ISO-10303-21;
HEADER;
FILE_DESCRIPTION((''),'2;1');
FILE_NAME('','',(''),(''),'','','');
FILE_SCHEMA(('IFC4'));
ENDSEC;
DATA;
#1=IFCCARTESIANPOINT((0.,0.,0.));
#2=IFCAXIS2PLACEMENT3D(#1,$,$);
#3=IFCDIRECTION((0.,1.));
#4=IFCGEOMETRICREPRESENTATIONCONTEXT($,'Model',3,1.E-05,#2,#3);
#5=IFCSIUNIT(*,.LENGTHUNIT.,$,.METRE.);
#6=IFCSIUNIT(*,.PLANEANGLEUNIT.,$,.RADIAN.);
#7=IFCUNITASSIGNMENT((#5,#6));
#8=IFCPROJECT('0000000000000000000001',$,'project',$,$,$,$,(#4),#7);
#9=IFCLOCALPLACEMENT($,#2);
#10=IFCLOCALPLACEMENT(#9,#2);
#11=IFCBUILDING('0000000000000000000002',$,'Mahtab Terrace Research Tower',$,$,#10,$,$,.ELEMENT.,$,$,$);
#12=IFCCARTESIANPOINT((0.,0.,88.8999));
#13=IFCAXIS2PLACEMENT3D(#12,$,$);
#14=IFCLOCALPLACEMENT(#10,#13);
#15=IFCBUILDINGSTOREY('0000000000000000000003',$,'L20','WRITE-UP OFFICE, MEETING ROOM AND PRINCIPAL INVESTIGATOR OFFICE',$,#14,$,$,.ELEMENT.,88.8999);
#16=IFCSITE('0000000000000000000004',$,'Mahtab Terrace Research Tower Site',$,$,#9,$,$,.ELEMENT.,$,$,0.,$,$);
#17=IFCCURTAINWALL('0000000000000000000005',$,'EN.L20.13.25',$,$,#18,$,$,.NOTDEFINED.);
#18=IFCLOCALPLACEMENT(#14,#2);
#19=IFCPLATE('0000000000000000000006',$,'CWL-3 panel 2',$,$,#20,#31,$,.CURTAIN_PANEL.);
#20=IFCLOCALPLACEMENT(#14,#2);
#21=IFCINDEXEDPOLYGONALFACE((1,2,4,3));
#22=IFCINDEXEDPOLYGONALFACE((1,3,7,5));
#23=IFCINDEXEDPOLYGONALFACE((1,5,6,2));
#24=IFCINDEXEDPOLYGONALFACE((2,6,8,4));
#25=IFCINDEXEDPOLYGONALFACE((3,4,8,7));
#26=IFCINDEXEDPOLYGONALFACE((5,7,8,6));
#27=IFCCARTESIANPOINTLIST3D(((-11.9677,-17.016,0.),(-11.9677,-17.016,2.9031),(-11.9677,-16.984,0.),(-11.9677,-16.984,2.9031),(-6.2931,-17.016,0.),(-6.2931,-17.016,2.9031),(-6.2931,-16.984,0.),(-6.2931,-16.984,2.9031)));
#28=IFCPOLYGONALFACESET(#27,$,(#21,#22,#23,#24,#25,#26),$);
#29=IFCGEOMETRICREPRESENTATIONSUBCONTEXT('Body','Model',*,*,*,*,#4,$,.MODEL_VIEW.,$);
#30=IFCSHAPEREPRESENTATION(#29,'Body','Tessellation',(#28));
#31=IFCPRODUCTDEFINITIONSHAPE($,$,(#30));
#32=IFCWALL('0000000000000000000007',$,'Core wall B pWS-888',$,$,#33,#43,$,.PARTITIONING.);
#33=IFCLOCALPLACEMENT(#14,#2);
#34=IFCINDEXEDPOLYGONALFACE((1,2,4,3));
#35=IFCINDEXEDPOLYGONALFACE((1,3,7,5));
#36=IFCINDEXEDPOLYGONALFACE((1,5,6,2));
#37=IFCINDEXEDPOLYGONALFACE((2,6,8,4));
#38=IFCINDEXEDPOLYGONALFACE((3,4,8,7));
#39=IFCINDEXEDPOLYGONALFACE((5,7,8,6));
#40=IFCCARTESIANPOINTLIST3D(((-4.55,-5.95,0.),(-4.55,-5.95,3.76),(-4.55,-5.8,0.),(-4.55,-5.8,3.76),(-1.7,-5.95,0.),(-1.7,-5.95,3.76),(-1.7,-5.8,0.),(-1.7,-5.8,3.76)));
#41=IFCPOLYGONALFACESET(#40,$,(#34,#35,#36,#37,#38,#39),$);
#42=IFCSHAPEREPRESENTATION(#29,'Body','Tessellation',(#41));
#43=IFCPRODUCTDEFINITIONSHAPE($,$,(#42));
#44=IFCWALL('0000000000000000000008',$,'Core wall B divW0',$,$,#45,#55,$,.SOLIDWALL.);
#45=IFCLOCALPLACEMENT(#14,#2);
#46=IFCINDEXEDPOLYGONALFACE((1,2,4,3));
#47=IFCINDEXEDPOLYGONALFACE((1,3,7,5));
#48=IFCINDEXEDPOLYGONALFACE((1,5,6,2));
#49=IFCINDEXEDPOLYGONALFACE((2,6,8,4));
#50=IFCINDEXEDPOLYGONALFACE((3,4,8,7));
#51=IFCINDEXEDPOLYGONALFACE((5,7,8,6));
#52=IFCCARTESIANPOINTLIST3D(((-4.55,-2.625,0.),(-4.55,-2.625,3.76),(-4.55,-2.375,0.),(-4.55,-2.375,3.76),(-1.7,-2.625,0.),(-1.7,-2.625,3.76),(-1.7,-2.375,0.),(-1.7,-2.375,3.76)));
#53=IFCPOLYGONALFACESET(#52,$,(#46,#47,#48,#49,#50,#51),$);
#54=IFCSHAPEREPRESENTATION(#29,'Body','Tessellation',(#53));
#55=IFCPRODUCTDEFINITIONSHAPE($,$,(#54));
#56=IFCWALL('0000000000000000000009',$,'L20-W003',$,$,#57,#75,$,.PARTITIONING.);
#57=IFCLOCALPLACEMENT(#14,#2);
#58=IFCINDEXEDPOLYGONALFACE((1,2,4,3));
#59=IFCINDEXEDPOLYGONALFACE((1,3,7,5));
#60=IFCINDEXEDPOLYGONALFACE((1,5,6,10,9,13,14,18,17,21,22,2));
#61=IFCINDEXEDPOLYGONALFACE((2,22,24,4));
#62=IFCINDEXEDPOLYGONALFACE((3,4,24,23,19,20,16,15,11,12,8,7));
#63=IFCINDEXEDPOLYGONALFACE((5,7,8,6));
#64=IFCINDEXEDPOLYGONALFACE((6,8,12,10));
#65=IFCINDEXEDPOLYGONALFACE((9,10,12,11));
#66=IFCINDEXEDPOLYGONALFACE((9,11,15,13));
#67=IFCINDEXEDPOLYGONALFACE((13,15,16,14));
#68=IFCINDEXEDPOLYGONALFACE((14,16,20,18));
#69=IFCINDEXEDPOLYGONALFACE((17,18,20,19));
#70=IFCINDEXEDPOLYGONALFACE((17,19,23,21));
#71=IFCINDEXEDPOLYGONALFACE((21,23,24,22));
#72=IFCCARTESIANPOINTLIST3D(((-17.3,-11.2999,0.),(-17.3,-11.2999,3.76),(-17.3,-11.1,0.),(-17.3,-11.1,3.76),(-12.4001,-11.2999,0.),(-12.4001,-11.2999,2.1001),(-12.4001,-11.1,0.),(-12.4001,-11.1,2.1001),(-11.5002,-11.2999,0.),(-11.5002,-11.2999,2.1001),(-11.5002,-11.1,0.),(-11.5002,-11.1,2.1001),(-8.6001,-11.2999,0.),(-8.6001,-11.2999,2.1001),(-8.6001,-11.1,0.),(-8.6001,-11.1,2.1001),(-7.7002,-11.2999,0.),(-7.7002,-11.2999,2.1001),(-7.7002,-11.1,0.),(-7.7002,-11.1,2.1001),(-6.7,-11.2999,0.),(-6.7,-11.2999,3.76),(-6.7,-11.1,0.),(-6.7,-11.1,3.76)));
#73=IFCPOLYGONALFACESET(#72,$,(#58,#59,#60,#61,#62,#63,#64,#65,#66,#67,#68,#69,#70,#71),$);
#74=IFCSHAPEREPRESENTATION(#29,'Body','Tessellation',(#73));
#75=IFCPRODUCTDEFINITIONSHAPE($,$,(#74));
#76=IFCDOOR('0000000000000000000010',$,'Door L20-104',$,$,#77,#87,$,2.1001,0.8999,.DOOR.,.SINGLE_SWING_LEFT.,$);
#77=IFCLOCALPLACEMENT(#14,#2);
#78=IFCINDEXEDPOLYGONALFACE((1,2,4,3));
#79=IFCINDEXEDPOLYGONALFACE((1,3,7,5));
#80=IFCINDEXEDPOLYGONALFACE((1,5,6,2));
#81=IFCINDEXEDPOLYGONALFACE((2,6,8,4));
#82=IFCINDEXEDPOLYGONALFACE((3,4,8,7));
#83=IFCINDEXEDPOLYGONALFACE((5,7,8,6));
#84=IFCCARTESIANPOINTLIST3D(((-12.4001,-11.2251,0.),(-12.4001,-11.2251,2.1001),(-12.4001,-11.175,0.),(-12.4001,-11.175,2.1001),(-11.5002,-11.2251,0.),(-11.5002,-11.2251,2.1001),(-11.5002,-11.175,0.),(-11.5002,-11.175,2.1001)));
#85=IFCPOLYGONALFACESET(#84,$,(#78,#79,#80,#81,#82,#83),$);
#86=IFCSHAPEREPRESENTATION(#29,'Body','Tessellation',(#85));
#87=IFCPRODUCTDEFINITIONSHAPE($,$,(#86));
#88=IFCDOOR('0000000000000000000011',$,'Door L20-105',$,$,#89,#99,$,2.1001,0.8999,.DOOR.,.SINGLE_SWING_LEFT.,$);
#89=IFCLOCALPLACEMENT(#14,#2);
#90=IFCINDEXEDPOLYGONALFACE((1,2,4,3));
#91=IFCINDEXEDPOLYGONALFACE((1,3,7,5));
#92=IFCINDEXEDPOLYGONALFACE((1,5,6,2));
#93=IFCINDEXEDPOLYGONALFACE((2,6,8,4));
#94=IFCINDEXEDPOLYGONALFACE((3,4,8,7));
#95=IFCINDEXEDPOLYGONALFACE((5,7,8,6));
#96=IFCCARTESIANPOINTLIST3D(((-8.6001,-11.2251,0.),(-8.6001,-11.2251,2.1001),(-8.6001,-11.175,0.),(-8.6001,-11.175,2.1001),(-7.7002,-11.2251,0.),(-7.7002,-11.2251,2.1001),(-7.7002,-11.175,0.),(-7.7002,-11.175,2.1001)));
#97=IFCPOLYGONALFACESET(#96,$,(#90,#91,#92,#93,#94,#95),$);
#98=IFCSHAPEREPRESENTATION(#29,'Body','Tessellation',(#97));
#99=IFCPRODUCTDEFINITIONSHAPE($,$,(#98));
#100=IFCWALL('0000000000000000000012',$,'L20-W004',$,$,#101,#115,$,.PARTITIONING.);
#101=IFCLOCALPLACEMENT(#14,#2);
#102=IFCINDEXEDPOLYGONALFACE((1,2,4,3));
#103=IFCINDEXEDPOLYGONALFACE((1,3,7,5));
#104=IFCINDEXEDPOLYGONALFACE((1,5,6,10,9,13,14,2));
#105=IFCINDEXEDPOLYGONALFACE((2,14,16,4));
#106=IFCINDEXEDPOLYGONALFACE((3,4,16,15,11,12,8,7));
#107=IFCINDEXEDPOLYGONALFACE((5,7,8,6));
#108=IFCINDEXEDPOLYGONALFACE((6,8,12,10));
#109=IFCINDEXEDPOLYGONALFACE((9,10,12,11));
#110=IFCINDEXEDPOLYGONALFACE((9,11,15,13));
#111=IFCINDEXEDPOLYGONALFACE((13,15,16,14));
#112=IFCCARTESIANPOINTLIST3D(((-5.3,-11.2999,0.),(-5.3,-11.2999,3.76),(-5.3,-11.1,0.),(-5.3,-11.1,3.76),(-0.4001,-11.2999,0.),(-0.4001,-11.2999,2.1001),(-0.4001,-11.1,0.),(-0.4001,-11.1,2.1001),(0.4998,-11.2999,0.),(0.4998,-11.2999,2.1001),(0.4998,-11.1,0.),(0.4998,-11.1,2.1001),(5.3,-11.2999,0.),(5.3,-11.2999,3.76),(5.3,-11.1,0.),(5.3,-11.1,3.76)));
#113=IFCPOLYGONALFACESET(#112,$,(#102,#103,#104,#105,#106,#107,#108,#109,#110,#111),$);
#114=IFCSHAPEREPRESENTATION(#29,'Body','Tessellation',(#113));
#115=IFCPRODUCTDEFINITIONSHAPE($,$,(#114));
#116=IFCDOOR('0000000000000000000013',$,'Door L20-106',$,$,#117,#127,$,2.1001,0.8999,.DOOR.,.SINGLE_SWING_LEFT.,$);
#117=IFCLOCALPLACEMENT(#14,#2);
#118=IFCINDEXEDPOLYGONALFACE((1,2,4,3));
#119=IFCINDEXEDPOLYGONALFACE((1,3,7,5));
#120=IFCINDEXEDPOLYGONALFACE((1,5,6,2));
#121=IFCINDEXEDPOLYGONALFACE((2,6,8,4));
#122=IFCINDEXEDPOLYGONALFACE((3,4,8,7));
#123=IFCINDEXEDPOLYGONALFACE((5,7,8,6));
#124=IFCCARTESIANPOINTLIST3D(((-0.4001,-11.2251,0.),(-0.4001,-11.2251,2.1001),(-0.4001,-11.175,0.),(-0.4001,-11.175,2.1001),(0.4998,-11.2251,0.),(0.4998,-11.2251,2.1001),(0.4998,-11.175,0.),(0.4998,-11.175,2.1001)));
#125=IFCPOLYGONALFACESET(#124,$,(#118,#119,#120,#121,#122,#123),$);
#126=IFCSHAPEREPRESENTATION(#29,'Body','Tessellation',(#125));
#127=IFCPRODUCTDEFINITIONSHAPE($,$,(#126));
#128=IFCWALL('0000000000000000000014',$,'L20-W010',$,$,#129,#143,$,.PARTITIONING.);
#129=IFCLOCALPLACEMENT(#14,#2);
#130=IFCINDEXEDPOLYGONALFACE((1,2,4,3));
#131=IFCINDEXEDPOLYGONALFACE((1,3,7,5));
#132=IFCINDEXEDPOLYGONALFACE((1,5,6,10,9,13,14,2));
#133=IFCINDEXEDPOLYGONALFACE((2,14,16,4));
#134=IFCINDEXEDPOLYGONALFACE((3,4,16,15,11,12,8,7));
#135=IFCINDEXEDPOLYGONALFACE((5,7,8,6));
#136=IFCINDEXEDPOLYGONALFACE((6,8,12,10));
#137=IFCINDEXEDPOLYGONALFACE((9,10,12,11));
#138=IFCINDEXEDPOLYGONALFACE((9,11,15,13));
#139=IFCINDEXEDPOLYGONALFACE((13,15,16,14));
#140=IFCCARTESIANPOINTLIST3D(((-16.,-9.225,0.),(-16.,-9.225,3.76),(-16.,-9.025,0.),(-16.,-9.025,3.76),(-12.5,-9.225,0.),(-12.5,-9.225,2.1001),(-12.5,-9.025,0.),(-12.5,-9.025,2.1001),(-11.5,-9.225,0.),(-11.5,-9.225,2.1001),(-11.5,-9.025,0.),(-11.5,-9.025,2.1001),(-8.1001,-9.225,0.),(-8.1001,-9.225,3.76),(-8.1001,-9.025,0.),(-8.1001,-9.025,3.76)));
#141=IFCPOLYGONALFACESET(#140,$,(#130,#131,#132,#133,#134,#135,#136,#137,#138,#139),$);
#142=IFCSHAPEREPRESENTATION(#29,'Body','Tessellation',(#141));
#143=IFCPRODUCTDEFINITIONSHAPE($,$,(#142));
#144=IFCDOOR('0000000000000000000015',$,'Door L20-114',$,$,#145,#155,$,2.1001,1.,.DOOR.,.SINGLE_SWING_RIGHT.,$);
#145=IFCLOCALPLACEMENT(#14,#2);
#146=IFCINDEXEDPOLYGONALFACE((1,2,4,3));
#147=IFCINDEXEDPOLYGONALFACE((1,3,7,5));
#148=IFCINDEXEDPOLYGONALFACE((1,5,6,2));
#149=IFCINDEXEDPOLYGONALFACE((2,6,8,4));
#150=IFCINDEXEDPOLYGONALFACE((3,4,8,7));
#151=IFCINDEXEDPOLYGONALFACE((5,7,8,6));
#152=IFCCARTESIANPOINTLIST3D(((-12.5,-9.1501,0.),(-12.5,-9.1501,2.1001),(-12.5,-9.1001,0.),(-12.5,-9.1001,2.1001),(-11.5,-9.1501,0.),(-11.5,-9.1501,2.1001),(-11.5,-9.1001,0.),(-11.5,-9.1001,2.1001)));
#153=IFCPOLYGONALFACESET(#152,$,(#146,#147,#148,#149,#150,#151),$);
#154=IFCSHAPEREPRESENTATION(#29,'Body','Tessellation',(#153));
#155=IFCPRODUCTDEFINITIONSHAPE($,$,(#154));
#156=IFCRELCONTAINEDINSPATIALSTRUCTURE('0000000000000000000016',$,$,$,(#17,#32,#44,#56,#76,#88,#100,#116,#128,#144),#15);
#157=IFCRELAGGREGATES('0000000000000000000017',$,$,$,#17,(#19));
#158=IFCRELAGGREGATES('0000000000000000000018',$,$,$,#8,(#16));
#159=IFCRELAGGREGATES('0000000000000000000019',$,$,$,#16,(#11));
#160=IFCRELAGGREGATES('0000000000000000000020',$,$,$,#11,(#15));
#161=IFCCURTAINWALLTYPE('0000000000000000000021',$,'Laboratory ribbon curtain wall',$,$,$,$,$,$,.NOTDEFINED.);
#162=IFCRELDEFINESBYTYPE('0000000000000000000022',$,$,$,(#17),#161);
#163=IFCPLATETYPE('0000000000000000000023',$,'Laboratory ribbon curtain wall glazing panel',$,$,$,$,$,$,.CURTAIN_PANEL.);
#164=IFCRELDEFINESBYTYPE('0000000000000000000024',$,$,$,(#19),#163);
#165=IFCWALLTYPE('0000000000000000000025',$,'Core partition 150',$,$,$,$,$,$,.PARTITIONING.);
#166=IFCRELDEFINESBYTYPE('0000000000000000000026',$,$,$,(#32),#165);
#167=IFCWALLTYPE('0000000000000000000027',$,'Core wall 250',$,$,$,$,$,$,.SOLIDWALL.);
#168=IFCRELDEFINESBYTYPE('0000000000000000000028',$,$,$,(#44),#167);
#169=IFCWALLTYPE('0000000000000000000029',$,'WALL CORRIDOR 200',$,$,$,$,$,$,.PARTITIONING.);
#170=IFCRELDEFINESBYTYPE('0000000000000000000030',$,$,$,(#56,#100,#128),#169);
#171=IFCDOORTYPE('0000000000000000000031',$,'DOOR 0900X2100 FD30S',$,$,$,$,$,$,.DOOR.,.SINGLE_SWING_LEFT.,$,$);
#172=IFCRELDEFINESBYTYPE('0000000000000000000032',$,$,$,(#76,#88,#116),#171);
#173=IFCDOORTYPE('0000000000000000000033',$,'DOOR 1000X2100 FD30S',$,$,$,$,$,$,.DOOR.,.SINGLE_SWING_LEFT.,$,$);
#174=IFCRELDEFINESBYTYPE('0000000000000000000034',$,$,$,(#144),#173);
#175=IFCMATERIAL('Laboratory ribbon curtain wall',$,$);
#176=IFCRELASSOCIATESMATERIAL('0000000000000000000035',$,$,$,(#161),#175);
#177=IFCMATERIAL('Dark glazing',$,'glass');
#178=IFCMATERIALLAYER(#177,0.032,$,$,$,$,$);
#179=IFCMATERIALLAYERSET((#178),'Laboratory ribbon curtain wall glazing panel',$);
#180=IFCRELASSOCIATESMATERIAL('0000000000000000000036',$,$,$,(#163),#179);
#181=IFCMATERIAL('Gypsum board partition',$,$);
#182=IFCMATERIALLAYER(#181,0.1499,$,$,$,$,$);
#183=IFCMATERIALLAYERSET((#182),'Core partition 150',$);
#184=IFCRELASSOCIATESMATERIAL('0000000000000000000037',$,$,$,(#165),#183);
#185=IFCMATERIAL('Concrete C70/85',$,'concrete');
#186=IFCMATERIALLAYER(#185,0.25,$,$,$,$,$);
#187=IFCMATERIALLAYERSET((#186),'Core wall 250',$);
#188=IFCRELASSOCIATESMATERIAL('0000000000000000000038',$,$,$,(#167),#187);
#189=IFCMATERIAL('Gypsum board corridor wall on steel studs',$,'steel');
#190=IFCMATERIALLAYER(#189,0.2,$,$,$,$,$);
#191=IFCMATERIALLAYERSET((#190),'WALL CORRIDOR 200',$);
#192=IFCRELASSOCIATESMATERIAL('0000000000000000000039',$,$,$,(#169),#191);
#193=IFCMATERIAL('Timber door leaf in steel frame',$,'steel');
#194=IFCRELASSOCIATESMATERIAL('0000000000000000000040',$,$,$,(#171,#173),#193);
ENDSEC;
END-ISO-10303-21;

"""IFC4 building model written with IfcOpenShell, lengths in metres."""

from ifc_helpers import new_model, si_unit, direction, frame, frame_2d, origin, origin_2d, place, context, subcontext, project, spatial, rectangle, extrude, material, layer, layer_set, type_object, element, fill, aggregate, save


model = new_model("IFC4")

# Units and contexts
model_context = context("Model", 3, precision=1e-05, world=origin(), true_north=direction((0.0, 1.0)))
body_context = subcontext(model_context, "Body", "Model", "MODEL_VIEW")
ifc_project = project(units=[si_unit("LENGTHUNIT", "METRE"), si_unit("PLANEANGLEUNIT", "RADIAN")], contexts=[model_context])

# Site, building, storey
site_placement = place(None, origin())
site = spatial("IfcSite", under=ifc_project, at=site_placement, Name="Mahtab Terrace Research Tower Site", CompositionType="ELEMENT", RefElevation=0.0)
building_placement = place(site_placement, origin())
building = spatial("IfcBuilding", under=site, at=building_placement, Name="Mahtab Terrace Research Tower", CompositionType="ELEMENT")
storey_placement = place(building_placement, frame((0.0, 0.0, 88.8999)))
storey = spatial("IfcBuildingStorey", under=building, at=storey_placement, Name="L20", Description="WRITE-UP OFFICE, MEETING ROOM AND PRINCIPAL INVESTIGATOR OFFICE", CompositionType="ELEMENT", Elevation=88.8999)

# Shared definitions
ifc_material_1 = material(Name="Concrete C70/85", Category="concrete")

# Curtain wall
ifc_material_2 = material(Name="Laboratory ribbon curtain wall")
curtain_wall_type = type_object("IfcCurtainWallType", Name="Laboratory ribbon curtain wall", PredefinedType="NOTDEFINED", material=ifc_material_2)
curtain_wall_1_placement = place(storey_placement, origin())
curtain_wall_1 = element("IfcCurtainWall", 1, at=curtain_wall_1_placement, inside=storey, type_object=curtain_wall_type, Name="EN.L20.13.25", PredefinedType="NOTDEFINED")

# Plate
ifc_material_3 = material(Name="Dark glazing", Category="glass")
ifc_layer_1 = layer(ifc_material_3, 0.032)
ifc_layer_set_1 = layer_set([ifc_layer_1], Name="Laboratory ribbon curtain wall glazing panel")
plate_type = type_object("IfcPlateType", Name="Laboratory ribbon curtain wall glazing panel", PredefinedType="CURTAIN_PANEL", material=ifc_layer_set_1)
plate_1_placement = place(storey_placement, frame((-9.1304, -17.0, 0.0), z_axis=(0.0, 0.0, 1.0), x_axis=(1.0, 0.0, 0.0)))
plate_1 = element("IfcPlate", 2, at=plate_1_placement, type_object=plate_type, Name="CWL-3 panel 2", PredefinedType="CURTAIN_PANEL", context=body_context, shape_type="SweptSolid", body=[
    extrude(rectangle(XDim=5.6746, YDim=0.032, at=origin_2d()), origin(), (0.0, 0.0, 1.0), 2.9031),
])
aggregate(curtain_wall_1, [plate_1])

# Walls
ifc_material_4 = material(Name="Gypsum board partition")
ifc_layer_2 = layer(ifc_material_4, 0.1499)
ifc_layer_set_2 = layer_set([ifc_layer_2], Name="Core partition 150")
wall_type_1 = type_object("IfcWallType", Name="Core partition 150", PredefinedType="PARTITIONING", material=ifc_layer_set_2)
wall_1_placement = place(storey_placement, frame((-4.55, -5.875, 0.0), z_axis=(0.0, 0.0, 1.0), x_axis=(1.0, 0.0, 0.0)))
element("IfcWall", 3, at=wall_1_placement, inside=storey, type_object=wall_type_1, Name="Core wall B pWS-888", PredefinedType="PARTITIONING", context=body_context, shape_type="SweptSolid", body=[
    extrude(rectangle(XDim=2.8501, YDim=0.1499, at=frame_2d((1.425, 0.0))), origin(), (0.0, 0.0, 1.0), 3.76),
])
ifc_layer_3 = layer(ifc_material_1, 0.25)
ifc_layer_set_3 = layer_set([ifc_layer_3], Name="Core wall 250")
wall_type_2 = type_object("IfcWallType", Name="Core wall 250", PredefinedType="SOLIDWALL", material=ifc_layer_set_3)
wall_2_placement = place(storey_placement, frame((-4.55, -2.5, 0.0), z_axis=(0.0, 0.0, 1.0), x_axis=(1.0, 0.0, 0.0)))
element("IfcWall", 4, at=wall_2_placement, inside=storey, type_object=wall_type_2, Name="Core wall B divW0", PredefinedType="SOLIDWALL", context=body_context, shape_type="SweptSolid", body=[
    extrude(rectangle(XDim=2.8501, YDim=0.25, at=frame_2d((1.425, 0.0))), origin(), (0.0, 0.0, 1.0), 3.76),
])

# Wall, openings, doors
ifc_material_5 = material(Name="Gypsum board corridor wall on steel studs", Category="steel")
ifc_layer_4 = layer(ifc_material_5, 0.2)
ifc_layer_set_4 = layer_set([ifc_layer_4], Name="WALL CORRIDOR 200")
wall_type_3 = type_object("IfcWallType", Name="WALL CORRIDOR 200", PredefinedType="PARTITIONING", material=ifc_layer_set_4)
wall_3_placement = place(storey_placement, frame((-17.3, -11.2, 0.0), z_axis=(0.0, 0.0, 1.0), x_axis=(1.0, 0.0, 0.0)))
wall_3 = element("IfcWall", 5, at=wall_3_placement, inside=storey, type_object=wall_type_3, Name="L20-W003", PredefinedType="PARTITIONING", context=body_context, shape_type="SweptSolid", body=[
    extrude(rectangle(XDim=10.6001, YDim=0.2, at=frame_2d((5.3, 0.0))), origin(), (0.0, 0.0, 1.0), 3.76),
])
opening_1_placement = place(wall_3_placement, frame((4.8999, 0.0, 0.0)))
opening_1 = element("IfcOpeningElement", 6, at=opening_1_placement, cuts=wall_3, PredefinedType="OPENING", context=body_context, shape_type="SweptSolid", body=[
    extrude(rectangle(XDim=0.8999, YDim=2.1001, at=frame_2d((0.45, 1.05))), frame((0.0, 0.1099, 0.0), z_axis=(0.0, -1.0, 0.0), x_axis=(1.0, 0.0, 0.0)), (0.0, 0.0, 1.0), 0.22),
])
opening_2_placement = place(wall_3_placement, frame((8.7, 0.0, 0.0)))
opening_2 = element("IfcOpeningElement", 7, at=opening_2_placement, cuts=wall_3, PredefinedType="OPENING", context=body_context, shape_type="SweptSolid", body=[
    extrude(rectangle(XDim=0.8999, YDim=2.1001, at=frame_2d((0.45, 1.05))), frame((0.0, 0.1099, 0.0), z_axis=(0.0, -1.0, 0.0), x_axis=(1.0, 0.0, 0.0)), (0.0, 0.0, 1.0), 0.22),
])
ifc_material_6 = material(Name="Timber door leaf in steel frame", Category="steel")
door_type_1 = type_object("IfcDoorType", Name="DOOR 0900X2100 FD30S", OperationType="SINGLE_SWING_LEFT", PredefinedType="DOOR", material=ifc_material_6)
door_1_placement = place(opening_1_placement, origin())
door_1 = element("IfcDoor", 8, at=door_1_placement, inside=storey, type_object=door_type_1, Name="Door L20-104", OperationType="SINGLE_SWING_LEFT", OverallHeight=2.1001, OverallWidth=0.8999, PredefinedType="DOOR", context=body_context, shape_type="SweptSolid", body=[
    extrude(rectangle(XDim=0.8999, YDim=2.1001, at=frame_2d((0.45, 1.05))), frame((0.0, 0.0249, 0.0), z_axis=(0.0, -1.0, 0.0), x_axis=(1.0, 0.0, 0.0)), (0.0, 0.0, 1.0), 0.05),
])
fill(opening_1, door_1)
door_2_placement = place(opening_2_placement, origin())
door_2 = element("IfcDoor", 9, at=door_2_placement, inside=storey, type_object=door_type_1, Name="Door L20-105", OperationType="SINGLE_SWING_LEFT", OverallHeight=2.1001, OverallWidth=0.8999, PredefinedType="DOOR", context=body_context, shape_type="SweptSolid", body=[
    extrude(rectangle(XDim=0.8999, YDim=2.1001, at=frame_2d((0.45, 1.05))), frame((0.0, 0.0249, 0.0), z_axis=(0.0, -1.0, 0.0), x_axis=(1.0, 0.0, 0.0)), (0.0, 0.0, 1.0), 0.05),
])
fill(opening_2, door_2)

# Walls, openings, doors
wall_4_placement = place(storey_placement, frame((-5.3, -11.2, 0.0), z_axis=(0.0, 0.0, 1.0), x_axis=(1.0, 0.0, 0.0)))
wall_4 = element("IfcWall", 10, at=wall_4_placement, inside=storey, type_object=wall_type_3, Name="L20-W004", PredefinedType="PARTITIONING", context=body_context, shape_type="SweptSolid", body=[
    extrude(rectangle(XDim=10.6001, YDim=0.2, at=frame_2d((5.3, 0.0))), origin(), (0.0, 0.0, 1.0), 3.76),
])
opening_3_placement = place(wall_4_placement, frame((4.8999, 0.0, 0.0)))
opening_3 = element("IfcOpeningElement", 11, at=opening_3_placement, cuts=wall_4, PredefinedType="OPENING", context=body_context, shape_type="SweptSolid", body=[
    extrude(rectangle(XDim=0.8999, YDim=2.1001, at=frame_2d((0.45, 1.05))), frame((0.0, 0.1099, 0.0), z_axis=(0.0, -1.0, 0.0), x_axis=(1.0, 0.0, 0.0)), (0.0, 0.0, 1.0), 0.22),
])
door_3_placement = place(opening_3_placement, origin())
door_3 = element("IfcDoor", 12, at=door_3_placement, inside=storey, type_object=door_type_1, Name="Door L20-106", OperationType="SINGLE_SWING_LEFT", OverallHeight=2.1001, OverallWidth=0.8999, PredefinedType="DOOR", context=body_context, shape_type="SweptSolid", body=[
    extrude(rectangle(XDim=0.8999, YDim=2.1001, at=frame_2d((0.45, 1.05))), frame((0.0, 0.0249, 0.0), z_axis=(0.0, -1.0, 0.0), x_axis=(1.0, 0.0, 0.0)), (0.0, 0.0, 1.0), 0.05),
])
fill(opening_3, door_3)
wall_5_placement = place(storey_placement, frame((-16.0, -9.125, 0.0), z_axis=(0.0, 0.0, 1.0), x_axis=(1.0, 0.0, 0.0)))
wall_5 = element("IfcWall", 13, at=wall_5_placement, inside=storey, type_object=wall_type_3, Name="L20-W010", PredefinedType="PARTITIONING", context=body_context, shape_type="SweptSolid", body=[
    extrude(rectangle(XDim=7.8999, YDim=0.2, at=frame_2d((3.95, 0.0))), origin(), (0.0, 0.0, 1.0), 3.76),
])
opening_4_placement = place(wall_5_placement, frame((3.5, 0.0, 0.0)))
opening_4 = element("IfcOpeningElement", 14, at=opening_4_placement, cuts=wall_5, PredefinedType="OPENING", context=body_context, shape_type="SweptSolid", body=[
    extrude(rectangle(XDim=1.0, YDim=2.1001, at=frame_2d((0.5, 1.05))), frame((0.0, 0.1099, 0.0), z_axis=(0.0, -1.0, 0.0), x_axis=(1.0, 0.0, 0.0)), (0.0, 0.0, 1.0), 0.22),
])
door_type_2 = type_object("IfcDoorType", Name="DOOR 1000X2100 FD30S", OperationType="SINGLE_SWING_LEFT", PredefinedType="DOOR", material=ifc_material_6)
door_4_placement = place(opening_4_placement, origin())
door_4 = element("IfcDoor", 15, at=door_4_placement, inside=storey, type_object=door_type_2, Name="Door L20-114", OperationType="SINGLE_SWING_RIGHT", OverallHeight=2.1001, OverallWidth=1.0, PredefinedType="DOOR", context=body_context, shape_type="SweptSolid", body=[
    extrude(rectangle(XDim=1.0, YDim=2.1001, at=frame_2d((0.5, 1.05))), frame((0.0, 0.0249, 0.0), z_axis=(0.0, -1.0, 0.0), x_axis=(1.0, 0.0, 0.0)), (0.0, 0.0, 1.0), 0.05),
])
fill(opening_4, door_4)

save(model, "model.ifc")
